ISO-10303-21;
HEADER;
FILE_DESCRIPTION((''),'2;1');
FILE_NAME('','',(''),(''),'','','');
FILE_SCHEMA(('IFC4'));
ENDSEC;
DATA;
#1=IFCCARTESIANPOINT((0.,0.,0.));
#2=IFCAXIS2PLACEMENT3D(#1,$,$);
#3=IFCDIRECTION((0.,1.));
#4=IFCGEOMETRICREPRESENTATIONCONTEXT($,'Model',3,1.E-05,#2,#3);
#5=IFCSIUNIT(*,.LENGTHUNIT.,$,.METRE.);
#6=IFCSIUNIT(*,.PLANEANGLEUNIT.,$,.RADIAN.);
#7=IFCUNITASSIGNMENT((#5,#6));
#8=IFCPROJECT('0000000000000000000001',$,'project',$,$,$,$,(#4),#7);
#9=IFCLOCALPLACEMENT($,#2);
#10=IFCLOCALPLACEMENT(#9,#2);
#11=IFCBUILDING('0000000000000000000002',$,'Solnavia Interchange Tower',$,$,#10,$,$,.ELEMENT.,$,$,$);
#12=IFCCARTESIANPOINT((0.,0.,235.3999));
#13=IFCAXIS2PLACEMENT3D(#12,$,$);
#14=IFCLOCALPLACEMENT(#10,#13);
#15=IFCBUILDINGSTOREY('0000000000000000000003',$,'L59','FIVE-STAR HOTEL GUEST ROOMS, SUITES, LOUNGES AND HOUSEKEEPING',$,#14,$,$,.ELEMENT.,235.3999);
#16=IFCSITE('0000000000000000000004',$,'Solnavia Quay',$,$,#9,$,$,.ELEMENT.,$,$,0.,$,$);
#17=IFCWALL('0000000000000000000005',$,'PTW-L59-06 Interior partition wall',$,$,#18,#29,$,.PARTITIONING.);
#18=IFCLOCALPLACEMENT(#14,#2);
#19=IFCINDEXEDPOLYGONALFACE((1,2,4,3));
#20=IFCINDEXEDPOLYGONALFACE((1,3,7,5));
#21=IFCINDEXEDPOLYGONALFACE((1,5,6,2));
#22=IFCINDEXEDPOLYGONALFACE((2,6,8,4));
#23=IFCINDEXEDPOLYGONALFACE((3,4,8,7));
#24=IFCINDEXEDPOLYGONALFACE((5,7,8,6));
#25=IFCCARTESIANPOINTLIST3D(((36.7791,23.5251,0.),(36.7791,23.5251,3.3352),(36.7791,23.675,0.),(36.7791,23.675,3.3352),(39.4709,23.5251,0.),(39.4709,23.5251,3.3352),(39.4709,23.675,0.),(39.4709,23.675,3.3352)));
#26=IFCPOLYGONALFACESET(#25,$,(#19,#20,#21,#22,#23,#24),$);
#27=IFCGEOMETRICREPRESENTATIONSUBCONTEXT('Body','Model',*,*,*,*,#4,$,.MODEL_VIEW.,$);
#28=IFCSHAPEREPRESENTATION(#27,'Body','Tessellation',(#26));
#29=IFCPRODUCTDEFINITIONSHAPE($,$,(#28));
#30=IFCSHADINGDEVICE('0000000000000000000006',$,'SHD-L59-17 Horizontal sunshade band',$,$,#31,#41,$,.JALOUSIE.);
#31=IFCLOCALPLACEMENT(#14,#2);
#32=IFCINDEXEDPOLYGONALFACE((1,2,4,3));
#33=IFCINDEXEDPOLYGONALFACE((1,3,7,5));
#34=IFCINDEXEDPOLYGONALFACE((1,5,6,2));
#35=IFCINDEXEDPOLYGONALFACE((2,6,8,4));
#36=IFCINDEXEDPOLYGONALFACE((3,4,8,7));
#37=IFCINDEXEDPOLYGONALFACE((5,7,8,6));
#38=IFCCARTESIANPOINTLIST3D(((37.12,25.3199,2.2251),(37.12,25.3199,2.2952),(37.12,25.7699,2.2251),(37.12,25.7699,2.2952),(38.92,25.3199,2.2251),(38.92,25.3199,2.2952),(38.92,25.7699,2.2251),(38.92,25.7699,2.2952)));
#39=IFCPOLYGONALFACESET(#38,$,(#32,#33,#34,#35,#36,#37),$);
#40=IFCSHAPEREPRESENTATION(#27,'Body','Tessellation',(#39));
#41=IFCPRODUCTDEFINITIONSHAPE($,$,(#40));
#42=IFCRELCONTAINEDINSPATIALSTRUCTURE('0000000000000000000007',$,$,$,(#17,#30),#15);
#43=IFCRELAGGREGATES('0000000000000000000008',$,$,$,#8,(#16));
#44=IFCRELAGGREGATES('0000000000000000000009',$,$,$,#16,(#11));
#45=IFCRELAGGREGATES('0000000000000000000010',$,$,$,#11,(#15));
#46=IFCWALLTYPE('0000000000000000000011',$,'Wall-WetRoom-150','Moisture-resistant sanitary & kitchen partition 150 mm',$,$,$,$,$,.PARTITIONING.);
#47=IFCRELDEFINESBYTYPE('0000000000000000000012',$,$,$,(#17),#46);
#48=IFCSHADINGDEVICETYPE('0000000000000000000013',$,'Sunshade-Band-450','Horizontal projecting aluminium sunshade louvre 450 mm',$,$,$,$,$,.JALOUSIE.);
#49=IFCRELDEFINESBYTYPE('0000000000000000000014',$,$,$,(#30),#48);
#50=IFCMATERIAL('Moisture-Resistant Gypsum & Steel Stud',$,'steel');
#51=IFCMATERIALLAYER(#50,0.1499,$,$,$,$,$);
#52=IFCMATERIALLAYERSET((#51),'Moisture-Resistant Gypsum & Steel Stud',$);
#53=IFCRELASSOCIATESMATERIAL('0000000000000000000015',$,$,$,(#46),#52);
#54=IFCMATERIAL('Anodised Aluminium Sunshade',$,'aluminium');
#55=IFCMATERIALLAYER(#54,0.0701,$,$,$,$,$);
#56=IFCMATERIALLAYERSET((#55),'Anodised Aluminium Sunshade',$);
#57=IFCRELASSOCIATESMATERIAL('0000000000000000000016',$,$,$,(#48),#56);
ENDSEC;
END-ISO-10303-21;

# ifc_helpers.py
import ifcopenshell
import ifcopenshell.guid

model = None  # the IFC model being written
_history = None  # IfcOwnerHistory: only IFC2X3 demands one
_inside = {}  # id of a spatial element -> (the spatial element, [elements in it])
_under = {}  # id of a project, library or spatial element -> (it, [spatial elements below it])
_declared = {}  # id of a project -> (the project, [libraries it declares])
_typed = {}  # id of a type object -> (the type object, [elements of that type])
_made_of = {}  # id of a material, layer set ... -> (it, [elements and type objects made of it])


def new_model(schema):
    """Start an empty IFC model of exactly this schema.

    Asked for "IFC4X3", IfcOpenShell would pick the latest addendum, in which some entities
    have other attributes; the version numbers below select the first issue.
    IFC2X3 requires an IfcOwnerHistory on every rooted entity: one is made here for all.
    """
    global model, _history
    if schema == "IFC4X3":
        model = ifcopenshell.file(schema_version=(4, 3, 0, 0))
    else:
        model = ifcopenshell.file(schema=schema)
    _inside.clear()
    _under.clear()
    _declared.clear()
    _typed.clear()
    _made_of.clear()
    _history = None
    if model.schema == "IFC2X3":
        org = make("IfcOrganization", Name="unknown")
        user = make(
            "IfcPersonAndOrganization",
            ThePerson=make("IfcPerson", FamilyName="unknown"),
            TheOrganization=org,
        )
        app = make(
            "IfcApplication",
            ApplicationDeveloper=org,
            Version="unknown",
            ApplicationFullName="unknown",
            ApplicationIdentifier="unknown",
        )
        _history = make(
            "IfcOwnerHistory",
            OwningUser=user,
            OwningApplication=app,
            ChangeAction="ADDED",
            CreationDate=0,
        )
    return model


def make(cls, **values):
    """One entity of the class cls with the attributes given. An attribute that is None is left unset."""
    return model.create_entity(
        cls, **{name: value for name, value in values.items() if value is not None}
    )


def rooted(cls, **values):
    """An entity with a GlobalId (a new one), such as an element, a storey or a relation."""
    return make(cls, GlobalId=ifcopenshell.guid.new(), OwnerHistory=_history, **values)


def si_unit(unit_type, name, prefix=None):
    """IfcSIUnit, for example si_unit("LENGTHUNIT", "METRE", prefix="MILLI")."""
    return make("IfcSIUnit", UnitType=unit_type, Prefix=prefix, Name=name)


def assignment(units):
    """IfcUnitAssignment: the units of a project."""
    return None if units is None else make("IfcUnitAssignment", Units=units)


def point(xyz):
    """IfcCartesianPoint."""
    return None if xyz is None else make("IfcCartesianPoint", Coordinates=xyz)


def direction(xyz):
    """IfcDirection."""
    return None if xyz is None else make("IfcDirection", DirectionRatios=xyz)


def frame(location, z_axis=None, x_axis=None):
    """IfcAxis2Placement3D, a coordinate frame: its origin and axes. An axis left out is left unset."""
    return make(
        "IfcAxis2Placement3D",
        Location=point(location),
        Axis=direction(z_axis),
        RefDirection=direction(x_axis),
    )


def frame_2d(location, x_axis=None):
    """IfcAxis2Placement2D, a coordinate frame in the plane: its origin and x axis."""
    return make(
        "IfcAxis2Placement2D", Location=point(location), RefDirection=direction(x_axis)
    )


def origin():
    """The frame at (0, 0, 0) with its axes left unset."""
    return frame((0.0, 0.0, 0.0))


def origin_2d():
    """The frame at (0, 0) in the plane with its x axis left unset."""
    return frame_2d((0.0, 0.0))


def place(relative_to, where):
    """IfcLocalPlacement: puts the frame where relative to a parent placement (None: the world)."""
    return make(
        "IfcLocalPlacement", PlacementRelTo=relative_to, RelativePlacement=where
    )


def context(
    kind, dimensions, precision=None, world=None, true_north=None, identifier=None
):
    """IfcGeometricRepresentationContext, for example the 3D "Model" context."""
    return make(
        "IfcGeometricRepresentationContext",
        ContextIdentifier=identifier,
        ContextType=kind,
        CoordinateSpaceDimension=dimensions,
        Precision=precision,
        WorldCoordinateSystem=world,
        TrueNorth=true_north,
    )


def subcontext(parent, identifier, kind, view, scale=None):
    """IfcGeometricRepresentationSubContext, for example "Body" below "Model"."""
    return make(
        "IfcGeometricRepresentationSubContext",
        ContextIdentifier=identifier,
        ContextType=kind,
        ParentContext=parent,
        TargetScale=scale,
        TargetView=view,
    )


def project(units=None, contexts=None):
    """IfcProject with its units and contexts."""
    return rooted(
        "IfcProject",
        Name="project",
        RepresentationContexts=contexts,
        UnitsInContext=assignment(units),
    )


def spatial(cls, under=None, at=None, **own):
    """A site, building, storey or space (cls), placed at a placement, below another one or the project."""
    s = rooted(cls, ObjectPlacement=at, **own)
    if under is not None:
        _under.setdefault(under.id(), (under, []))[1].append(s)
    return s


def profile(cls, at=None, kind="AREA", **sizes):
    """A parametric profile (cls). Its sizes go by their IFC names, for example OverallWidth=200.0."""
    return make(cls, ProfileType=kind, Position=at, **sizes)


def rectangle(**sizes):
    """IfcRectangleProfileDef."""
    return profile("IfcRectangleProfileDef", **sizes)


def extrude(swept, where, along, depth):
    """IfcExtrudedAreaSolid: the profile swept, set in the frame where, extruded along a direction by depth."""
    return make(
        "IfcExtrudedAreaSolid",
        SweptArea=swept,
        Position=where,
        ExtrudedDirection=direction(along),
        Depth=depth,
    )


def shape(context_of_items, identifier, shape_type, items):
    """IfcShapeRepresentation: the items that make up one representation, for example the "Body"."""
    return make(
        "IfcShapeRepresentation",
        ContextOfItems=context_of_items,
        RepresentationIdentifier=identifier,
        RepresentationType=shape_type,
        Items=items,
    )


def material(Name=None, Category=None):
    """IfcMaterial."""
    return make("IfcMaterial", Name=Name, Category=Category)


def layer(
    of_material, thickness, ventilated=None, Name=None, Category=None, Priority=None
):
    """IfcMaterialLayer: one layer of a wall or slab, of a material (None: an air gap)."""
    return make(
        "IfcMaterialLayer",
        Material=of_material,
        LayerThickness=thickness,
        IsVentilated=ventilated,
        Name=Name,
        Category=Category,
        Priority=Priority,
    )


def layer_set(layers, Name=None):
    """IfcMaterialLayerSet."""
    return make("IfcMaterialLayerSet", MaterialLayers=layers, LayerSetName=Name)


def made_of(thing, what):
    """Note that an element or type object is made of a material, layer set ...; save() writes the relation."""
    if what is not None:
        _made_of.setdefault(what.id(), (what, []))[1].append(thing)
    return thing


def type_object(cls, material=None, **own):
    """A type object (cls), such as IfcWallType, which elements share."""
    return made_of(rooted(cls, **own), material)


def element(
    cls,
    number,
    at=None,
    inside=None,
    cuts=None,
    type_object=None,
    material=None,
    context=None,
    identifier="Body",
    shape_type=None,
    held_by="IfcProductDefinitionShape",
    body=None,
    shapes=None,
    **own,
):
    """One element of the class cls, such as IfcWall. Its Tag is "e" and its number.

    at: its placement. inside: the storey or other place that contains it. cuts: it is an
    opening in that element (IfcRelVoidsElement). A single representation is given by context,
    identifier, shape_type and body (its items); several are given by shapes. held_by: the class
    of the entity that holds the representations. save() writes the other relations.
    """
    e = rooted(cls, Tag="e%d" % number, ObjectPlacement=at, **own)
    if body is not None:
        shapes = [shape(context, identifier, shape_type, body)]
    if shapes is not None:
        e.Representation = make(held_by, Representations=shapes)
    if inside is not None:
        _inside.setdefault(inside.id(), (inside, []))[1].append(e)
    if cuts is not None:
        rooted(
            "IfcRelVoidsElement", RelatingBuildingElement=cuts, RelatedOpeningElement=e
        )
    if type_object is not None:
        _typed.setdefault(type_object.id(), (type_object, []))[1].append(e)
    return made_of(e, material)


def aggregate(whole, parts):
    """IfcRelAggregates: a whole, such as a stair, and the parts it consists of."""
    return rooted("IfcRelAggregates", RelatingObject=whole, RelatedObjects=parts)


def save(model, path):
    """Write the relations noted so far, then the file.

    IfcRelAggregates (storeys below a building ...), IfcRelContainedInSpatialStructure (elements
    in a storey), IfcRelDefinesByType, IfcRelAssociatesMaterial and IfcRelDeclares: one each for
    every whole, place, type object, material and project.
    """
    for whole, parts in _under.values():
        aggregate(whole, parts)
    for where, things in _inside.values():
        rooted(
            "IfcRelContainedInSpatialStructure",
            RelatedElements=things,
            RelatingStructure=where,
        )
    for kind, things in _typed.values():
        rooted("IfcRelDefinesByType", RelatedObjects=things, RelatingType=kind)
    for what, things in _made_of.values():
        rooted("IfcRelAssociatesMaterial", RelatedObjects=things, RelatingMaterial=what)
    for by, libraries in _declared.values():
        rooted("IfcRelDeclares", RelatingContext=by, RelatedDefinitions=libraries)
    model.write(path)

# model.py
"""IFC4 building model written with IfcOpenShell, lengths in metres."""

from ifc_helpers import new_model, si_unit, direction, frame, frame_2d, origin, origin_2d, place, context, subcontext, project, spatial, rectangle, extrude, material, layer, layer_set, type_object, element, save


model = new_model("IFC4")

# Units and contexts
model_context = context("Model", 3, precision=1e-05, world=origin(), true_north=direction((0.0, 1.0)))
body_context = subcontext(model_context, "Body", "Model", "MODEL_VIEW")
ifc_project = project(units=[si_unit("LENGTHUNIT", "METRE"), si_unit("PLANEANGLEUNIT", "RADIAN")], contexts=[model_context])

# Site, building, storey
site_placement = place(None, origin())
site = spatial("IfcSite", under=ifc_project, at=site_placement, Name="Solnavia Quay", CompositionType="ELEMENT", RefElevation=0.0)
building_placement = place(site_placement, origin())
building = spatial("IfcBuilding", under=site, at=building_placement, Name="Solnavia Interchange Tower", CompositionType="ELEMENT")
storey_placement = place(building_placement, frame((0.0, 0.0, 235.3999)))
storey = spatial("IfcBuildingStorey", under=building, at=storey_placement, Name="L59", Description="FIVE-STAR HOTEL GUEST ROOMS, SUITES, LOUNGES AND HOUSEKEEPING", CompositionType="ELEMENT", Elevation=235.3999)

# Wall
ifc_material_1 = material(Name="Moisture-Resistant Gypsum & Steel Stud", Category="steel")
ifc_layer_1 = layer(ifc_material_1, 0.1499)
ifc_layer_set_1 = layer_set([ifc_layer_1], Name="Moisture-Resistant Gypsum & Steel Stud")
wall_type_1 = type_object("IfcWallType", Name="Wall-WetRoom-150", Description="Moisture-resistant sanitary & kitchen partition 150 mm", PredefinedType="PARTITIONING", material=ifc_layer_set_1)
wall_1_placement = place(storey_placement, frame((36.7791, 23.6001, 0.0), z_axis=(0.0, 0.0, 1.0), x_axis=(1.0, 0.0, 0.0)))
element("IfcWall", 1, at=wall_1_placement, inside=storey, type_object=wall_type_1, Name="PTW-L59-06 Interior partition wall", PredefinedType="PARTITIONING", context=body_context, shape_type="SweptSolid", body=[
    extrude(rectangle(XDim=2.6919, YDim=0.1499, at=frame_2d((1.3459, 0.0))), origin(), (0.0, 0.0, 1.0), 3.3352),
])

# Shading device
ifc_material_2 = material(Name="Anodised Aluminium Sunshade", Category="aluminium")
ifc_layer_2 = layer(ifc_material_2, 0.0701)
ifc_layer_set_2 = layer_set([ifc_layer_2], Name="Anodised Aluminium Sunshade")
shading_device_type = type_object("IfcShadingDeviceType", Name="Sunshade-Band-450", Description="Horizontal projecting aluminium sunshade louvre 450 mm", PredefinedType="JALOUSIE", material=ifc_layer_set_2)
shading_device_placement = place(storey_placement, frame((38.02, 25.5449, 2.2251), z_axis=(0.0, 0.0, 1.0), x_axis=(1.0, 0.0, 0.0)))
element("IfcShadingDevice", 2, at=shading_device_placement, inside=storey, type_object=shading_device_type, Name="SHD-L59-17 Horizontal sunshade band", PredefinedType="JALOUSIE", context=body_context, shape_type="SweptSolid", body=[
    extrude(rectangle(XDim=1.8, YDim=0.45, at=origin_2d()), origin(), (0.0, 0.0, 1.0), 0.0701),
])

save(model, "model.ifc")
